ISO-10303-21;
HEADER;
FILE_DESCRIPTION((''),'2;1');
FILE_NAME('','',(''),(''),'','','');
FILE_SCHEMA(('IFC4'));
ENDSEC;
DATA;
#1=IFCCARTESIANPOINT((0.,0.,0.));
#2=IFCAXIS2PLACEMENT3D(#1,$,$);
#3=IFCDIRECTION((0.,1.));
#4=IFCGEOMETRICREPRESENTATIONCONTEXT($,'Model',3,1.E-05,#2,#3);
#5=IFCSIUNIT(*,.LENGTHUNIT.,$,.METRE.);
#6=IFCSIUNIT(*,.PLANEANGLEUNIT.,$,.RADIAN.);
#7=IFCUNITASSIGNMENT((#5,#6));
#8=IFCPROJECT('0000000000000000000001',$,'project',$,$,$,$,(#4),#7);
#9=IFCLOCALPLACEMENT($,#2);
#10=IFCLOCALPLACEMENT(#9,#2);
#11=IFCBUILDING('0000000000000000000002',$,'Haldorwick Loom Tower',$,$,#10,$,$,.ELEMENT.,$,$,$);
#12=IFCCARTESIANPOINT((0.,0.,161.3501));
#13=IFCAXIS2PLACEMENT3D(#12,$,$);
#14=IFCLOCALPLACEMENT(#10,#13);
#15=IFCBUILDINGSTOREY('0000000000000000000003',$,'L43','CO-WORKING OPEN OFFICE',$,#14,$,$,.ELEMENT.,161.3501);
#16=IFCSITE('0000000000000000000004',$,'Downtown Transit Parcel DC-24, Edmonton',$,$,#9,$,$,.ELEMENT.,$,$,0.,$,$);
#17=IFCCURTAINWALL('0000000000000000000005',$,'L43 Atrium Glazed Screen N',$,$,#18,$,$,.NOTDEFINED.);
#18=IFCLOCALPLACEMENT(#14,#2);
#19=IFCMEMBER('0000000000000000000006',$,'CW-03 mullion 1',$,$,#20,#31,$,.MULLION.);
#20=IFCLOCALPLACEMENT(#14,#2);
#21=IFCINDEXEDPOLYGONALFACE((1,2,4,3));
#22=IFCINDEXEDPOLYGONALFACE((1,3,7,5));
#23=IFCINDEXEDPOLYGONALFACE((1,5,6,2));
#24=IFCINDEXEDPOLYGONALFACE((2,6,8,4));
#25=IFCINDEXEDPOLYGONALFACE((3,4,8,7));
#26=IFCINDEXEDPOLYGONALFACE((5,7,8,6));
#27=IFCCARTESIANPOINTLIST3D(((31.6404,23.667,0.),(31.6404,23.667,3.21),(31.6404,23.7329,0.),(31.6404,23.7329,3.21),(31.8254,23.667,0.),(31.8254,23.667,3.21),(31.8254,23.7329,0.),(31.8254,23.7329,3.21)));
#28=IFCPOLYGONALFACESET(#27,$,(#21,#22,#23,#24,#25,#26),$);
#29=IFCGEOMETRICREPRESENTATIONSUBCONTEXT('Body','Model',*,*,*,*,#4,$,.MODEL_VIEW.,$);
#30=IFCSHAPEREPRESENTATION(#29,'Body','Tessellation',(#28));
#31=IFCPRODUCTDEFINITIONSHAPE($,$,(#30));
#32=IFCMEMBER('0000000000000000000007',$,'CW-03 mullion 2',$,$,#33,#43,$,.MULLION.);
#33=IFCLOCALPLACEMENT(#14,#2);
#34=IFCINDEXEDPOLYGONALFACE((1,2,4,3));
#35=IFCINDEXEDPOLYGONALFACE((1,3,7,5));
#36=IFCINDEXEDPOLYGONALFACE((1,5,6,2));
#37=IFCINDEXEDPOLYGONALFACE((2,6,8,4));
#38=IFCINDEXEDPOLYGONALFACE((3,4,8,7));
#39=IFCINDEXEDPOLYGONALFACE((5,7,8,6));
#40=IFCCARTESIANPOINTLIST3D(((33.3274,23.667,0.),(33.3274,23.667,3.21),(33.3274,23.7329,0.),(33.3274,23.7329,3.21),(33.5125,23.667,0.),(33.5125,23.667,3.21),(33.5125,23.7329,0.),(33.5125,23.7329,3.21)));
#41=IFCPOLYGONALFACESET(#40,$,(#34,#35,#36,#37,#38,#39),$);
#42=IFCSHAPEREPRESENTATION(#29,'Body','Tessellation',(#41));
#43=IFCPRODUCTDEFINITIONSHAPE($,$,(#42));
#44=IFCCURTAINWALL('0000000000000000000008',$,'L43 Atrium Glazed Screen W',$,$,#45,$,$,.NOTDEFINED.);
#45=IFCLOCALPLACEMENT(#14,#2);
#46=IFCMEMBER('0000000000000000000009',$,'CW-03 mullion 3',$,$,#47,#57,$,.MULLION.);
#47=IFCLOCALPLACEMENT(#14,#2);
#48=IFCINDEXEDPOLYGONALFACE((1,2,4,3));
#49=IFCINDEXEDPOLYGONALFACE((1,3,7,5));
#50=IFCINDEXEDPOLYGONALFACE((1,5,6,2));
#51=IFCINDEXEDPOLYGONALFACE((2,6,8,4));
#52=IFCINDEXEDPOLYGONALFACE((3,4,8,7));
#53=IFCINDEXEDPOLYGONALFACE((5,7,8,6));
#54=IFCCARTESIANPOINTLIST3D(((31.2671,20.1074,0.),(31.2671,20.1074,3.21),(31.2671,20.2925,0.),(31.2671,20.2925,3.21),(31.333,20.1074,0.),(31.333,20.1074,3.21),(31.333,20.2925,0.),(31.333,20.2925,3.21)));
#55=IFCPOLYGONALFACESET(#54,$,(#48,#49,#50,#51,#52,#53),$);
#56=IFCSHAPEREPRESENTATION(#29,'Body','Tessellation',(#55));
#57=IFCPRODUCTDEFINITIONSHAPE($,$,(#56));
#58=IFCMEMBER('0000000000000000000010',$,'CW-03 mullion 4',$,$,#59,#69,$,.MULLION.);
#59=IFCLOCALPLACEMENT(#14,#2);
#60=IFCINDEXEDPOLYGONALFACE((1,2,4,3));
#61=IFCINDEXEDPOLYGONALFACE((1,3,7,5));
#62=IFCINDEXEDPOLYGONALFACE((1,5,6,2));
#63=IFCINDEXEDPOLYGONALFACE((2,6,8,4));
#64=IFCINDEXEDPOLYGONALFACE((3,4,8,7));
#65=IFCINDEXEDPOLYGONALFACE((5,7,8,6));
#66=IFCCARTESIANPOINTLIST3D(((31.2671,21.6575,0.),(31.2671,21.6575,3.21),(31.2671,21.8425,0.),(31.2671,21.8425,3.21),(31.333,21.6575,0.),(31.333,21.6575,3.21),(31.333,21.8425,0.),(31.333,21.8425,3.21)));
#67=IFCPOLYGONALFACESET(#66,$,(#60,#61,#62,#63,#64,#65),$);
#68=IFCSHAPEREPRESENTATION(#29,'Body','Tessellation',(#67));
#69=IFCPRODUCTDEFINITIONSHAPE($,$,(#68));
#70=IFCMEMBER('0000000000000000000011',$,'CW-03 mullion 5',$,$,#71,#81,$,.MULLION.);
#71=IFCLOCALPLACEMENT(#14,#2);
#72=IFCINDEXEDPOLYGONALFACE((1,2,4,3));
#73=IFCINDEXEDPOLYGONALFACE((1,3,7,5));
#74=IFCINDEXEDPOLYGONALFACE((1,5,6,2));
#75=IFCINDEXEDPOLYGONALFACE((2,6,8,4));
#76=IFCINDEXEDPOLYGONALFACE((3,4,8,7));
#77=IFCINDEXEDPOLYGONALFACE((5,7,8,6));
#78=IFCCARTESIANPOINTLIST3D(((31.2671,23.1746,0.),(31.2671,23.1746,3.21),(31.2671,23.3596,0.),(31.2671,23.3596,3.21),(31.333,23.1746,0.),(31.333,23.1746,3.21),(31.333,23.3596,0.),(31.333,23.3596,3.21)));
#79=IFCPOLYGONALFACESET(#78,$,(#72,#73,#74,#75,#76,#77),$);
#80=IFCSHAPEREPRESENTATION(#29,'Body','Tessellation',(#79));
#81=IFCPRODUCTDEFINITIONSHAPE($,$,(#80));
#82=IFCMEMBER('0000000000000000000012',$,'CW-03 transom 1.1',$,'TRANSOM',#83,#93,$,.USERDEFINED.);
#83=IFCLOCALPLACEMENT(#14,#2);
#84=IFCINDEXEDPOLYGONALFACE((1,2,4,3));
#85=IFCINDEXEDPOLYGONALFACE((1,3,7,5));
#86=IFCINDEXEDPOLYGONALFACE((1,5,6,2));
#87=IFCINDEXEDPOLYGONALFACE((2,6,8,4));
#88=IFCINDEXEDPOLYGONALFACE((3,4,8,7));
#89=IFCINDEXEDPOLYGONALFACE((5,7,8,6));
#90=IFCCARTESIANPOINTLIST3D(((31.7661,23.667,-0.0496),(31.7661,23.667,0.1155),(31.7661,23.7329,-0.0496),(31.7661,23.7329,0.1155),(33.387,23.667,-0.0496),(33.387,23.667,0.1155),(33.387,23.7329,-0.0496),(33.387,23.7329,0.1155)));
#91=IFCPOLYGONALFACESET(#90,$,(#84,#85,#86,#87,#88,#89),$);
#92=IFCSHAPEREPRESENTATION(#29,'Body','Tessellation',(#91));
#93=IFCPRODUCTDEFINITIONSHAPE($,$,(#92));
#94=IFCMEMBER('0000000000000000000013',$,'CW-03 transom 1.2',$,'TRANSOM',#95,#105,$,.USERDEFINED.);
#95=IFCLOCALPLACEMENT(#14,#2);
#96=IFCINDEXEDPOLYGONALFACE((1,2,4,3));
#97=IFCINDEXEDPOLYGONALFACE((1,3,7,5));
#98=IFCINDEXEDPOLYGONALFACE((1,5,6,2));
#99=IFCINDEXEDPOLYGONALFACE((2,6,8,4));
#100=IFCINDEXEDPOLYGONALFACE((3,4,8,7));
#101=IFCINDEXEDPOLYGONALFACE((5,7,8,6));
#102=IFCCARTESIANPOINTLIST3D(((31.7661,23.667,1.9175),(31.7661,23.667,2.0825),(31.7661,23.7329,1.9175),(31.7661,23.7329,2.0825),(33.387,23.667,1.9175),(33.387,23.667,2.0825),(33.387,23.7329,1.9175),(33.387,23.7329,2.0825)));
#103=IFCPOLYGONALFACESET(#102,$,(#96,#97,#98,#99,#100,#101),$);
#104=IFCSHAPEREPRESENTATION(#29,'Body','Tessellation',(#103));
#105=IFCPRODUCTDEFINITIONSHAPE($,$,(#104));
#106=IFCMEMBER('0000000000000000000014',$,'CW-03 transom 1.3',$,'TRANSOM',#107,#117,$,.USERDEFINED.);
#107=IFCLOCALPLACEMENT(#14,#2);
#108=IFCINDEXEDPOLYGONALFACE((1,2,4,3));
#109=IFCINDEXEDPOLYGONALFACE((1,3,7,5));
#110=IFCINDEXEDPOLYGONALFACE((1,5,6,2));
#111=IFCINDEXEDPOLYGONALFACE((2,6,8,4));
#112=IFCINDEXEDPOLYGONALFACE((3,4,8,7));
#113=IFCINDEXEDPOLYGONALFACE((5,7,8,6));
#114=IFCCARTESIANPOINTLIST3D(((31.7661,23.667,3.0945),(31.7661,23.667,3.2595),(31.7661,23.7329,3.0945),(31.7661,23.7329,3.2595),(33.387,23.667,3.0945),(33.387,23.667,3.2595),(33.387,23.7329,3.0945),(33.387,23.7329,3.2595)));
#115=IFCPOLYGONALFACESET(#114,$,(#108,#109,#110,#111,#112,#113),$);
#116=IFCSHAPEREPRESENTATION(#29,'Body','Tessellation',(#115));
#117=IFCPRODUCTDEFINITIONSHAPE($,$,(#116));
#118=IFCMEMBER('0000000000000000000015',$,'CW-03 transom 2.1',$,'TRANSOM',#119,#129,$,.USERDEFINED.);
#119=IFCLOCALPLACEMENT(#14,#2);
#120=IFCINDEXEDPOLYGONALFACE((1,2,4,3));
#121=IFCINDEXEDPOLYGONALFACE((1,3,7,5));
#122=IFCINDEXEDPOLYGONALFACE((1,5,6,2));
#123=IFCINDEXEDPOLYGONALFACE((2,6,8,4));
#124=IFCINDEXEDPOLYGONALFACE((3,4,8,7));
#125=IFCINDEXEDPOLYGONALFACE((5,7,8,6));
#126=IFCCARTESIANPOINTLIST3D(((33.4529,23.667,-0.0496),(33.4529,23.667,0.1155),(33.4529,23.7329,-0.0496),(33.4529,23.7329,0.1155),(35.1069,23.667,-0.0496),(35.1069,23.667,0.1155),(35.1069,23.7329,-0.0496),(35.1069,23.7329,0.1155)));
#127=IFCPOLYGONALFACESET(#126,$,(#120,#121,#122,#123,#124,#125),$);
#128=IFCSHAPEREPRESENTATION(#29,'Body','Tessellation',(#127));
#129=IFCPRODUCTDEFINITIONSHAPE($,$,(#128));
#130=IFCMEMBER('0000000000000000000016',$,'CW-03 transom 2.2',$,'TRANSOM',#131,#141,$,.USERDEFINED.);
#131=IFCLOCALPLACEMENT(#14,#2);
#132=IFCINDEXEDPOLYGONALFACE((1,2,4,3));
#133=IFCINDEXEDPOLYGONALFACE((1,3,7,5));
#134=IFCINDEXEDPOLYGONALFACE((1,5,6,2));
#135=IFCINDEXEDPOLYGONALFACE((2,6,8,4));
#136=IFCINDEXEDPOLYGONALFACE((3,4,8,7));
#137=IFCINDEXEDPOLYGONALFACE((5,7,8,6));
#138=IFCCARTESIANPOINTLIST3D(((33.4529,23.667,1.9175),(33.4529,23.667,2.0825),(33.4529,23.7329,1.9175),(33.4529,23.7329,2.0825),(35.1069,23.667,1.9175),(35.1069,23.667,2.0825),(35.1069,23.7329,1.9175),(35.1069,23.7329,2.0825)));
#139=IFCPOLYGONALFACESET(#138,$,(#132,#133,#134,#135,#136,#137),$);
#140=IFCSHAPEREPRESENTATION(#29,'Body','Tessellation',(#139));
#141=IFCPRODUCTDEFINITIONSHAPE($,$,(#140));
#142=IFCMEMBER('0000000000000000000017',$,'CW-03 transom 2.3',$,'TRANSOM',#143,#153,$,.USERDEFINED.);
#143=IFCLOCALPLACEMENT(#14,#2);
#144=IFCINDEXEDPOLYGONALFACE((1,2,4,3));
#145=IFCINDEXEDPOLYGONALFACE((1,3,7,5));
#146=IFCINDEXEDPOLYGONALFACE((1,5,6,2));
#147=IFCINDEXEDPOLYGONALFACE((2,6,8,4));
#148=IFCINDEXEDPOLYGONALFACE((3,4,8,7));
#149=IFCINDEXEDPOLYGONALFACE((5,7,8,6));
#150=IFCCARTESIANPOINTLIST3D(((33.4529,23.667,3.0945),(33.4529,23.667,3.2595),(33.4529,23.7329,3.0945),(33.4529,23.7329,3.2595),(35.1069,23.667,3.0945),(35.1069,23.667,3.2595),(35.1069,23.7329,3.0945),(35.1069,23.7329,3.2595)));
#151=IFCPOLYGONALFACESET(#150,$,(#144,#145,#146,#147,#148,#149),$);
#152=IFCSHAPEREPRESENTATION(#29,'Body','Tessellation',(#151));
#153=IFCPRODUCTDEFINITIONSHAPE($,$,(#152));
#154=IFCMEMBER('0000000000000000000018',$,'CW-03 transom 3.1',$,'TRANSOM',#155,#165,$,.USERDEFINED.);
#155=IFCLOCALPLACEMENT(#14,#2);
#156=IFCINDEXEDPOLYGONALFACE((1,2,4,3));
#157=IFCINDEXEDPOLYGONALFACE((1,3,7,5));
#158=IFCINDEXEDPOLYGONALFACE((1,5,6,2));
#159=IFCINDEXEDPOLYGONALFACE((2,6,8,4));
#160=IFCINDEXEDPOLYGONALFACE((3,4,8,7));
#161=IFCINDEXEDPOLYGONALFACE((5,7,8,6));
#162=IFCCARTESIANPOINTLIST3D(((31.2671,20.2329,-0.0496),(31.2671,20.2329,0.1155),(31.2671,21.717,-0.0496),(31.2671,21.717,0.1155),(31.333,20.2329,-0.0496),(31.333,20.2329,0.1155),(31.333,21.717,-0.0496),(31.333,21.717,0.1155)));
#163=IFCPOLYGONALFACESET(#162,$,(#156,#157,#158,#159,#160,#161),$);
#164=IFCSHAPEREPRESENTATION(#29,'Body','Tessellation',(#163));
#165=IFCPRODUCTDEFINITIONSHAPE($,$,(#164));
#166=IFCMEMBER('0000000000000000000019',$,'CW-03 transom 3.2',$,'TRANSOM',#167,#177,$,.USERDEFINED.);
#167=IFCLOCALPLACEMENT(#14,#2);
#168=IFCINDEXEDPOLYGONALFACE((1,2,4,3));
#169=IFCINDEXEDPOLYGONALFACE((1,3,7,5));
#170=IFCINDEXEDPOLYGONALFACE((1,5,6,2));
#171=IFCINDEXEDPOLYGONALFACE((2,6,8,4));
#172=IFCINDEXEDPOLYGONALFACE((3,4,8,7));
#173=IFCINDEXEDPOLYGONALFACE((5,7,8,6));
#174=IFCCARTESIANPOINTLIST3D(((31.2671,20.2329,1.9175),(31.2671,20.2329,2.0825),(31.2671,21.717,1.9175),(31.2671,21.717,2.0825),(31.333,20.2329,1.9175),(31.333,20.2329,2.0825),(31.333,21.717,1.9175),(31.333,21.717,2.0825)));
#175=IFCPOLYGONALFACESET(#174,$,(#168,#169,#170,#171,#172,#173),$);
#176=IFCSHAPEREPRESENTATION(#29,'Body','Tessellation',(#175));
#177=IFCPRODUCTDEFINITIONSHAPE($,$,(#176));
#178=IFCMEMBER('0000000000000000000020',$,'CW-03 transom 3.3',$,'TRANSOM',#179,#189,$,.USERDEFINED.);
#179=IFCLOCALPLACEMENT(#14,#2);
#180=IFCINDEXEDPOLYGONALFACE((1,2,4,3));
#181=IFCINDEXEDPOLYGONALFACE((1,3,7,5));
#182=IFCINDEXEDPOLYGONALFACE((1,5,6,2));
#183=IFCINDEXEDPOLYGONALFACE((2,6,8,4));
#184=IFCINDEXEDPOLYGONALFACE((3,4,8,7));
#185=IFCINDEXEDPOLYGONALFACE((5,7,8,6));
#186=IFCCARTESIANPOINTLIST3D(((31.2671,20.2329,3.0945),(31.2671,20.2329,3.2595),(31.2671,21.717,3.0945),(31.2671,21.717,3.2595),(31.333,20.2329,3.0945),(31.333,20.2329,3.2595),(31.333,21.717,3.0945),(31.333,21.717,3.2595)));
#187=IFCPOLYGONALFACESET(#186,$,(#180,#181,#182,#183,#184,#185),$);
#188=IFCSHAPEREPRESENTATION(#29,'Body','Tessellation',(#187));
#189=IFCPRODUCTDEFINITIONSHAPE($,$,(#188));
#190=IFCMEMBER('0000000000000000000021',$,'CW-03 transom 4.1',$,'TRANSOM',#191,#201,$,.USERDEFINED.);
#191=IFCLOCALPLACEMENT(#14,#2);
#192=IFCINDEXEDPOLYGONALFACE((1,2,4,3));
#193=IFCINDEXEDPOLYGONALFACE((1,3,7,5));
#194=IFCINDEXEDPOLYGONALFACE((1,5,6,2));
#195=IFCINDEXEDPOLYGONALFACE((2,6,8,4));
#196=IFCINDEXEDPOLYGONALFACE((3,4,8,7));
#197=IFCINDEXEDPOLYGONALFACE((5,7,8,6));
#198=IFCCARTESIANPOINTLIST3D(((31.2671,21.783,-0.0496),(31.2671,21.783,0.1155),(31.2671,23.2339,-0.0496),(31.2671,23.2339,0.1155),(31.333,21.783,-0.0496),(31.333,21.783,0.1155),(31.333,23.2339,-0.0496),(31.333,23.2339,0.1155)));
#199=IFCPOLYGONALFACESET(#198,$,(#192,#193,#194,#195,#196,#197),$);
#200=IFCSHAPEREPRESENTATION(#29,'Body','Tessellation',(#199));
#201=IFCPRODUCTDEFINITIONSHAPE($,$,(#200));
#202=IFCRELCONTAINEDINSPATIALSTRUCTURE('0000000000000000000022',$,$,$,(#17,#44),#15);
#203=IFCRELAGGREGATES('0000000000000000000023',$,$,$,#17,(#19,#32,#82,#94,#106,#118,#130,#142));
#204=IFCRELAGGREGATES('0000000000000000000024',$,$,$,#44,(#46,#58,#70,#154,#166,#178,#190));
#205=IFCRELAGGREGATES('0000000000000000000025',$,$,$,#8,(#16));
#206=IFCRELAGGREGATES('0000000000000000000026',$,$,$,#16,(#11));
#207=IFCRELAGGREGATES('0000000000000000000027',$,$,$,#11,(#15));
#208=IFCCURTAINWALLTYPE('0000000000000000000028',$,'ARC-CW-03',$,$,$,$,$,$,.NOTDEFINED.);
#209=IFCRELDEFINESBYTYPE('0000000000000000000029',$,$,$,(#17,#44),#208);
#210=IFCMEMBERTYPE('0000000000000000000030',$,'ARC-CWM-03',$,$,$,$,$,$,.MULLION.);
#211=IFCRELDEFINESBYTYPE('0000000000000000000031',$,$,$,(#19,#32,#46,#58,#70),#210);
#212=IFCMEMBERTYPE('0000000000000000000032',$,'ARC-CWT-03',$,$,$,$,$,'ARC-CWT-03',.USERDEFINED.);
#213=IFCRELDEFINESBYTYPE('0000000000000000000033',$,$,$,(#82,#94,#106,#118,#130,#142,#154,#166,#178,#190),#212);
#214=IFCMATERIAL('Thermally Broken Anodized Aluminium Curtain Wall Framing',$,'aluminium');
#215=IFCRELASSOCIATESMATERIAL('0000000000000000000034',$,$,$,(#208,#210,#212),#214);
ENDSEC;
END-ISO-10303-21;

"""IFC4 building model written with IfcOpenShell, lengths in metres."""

from ifc_helpers import new_model, si_unit, direction, frame, origin, origin_2d, place, context, subcontext, project, spatial, rectangle, extrude, material, material_profile, profile_set, type_object, element, aggregate, save


model = new_model("IFC4")

# Units and contexts
model_context = context("Model", 3, precision=1e-05, world=origin(), true_north=direction((0.0, 1.0)))
body_context = subcontext(model_context, "Body", "Model", "MODEL_VIEW")
ifc_project = project(units=[si_unit("LENGTHUNIT", "METRE"), si_unit("PLANEANGLEUNIT", "RADIAN")], contexts=[model_context])

# Site, building, storey
site_placement = place(None, origin())
site = spatial("IfcSite", under=ifc_project, at=site_placement, Name="Downtown Transit Parcel DC-24, Edmonton", CompositionType="ELEMENT", RefElevation=0.0)
building_placement = place(site_placement, origin())
building = spatial("IfcBuilding", under=site, at=building_placement, Name="Haldorwick Loom Tower", CompositionType="ELEMENT")
storey_placement = place(building_placement, frame((0.0, 0.0, 161.3501)))
storey = spatial("IfcBuildingStorey", under=building, at=storey_placement, Name="L43", Description="CO-WORKING OPEN OFFICE", CompositionType="ELEMENT", Elevation=161.3501)

# Curtain walls, members
ifc_material_1 = material(Name="Thermally Broken Anodized Aluminium Curtain Wall Framing", Category="aluminium")
curtain_wall_type = type_object("IfcCurtainWallType", Name="ARC-CW-03", PredefinedType="NOTDEFINED", material=ifc_material_1)
curtain_wall_1_placement = place(storey_placement, origin())
curtain_wall_1 = element("IfcCurtainWall", 1, at=curtain_wall_1_placement, inside=storey, type_object=curtain_wall_type, Name="L43 Atrium Glazed Screen N", PredefinedType="NOTDEFINED")
ifc_material_profile_1 = material_profile(ifc_material_1, rectangle(XDim=0.0659, YDim=0.1851, at=origin_2d()), Name="ALU_MUL_66X185", Category="aluminium")
ifc_profile_set_1 = profile_set([ifc_material_profile_1], Name="Thermally Broken Anodized Aluminium Curtain Wall Framing")
member_type_1 = type_object("IfcMemberType", Name="ARC-CWM-03", PredefinedType="MULLION", material=ifc_profile_set_1)
member_1_placement = place(storey_placement, frame((31.7329, 23.7, 0.0), z_axis=(0.0, 0.0, 1.0), x_axis=(0.0, 1.0, 0.0)))
member_1 = element("IfcMember", 2, at=member_1_placement, type_object=member_type_1, Name="CW-03 mullion 1", PredefinedType="MULLION", context=body_context, shape_type="SweptSolid", body=[
    extrude(rectangle(XDim=0.0659, YDim=0.1851, at=origin_2d()), origin(), (0.0, 0.0, 1.0), 3.21),
])
member_2_placement = place(storey_placement, frame((33.4199, 23.7, 0.0), z_axis=(0.0, 0.0, 1.0), x_axis=(0.0, 1.0, 0.0)))
member_2 = element("IfcMember", 3, at=member_2_placement, type_object=member_type_1, Name="CW-03 mullion 2", PredefinedType="MULLION", context=body_context, shape_type="SweptSolid", body=[
    extrude(rectangle(XDim=0.0659, YDim=0.1851, at=origin_2d()), origin(), (0.0, 0.0, 1.0), 3.21),
])
curtain_wall_2_placement = place(storey_placement, origin())
curtain_wall_2 = element("IfcCurtainWall", 4, at=curtain_wall_2_placement, inside=storey, type_object=curtain_wall_type, Name="L43 Atrium Glazed Screen W", PredefinedType="NOTDEFINED")
member_3_placement = place(storey_placement, frame((31.3, 20.2, 0.0), z_axis=(0.0, 0.0, 1.0), x_axis=(-1.0, 0.0, 0.0)))
member_3 = element("IfcMember", 5, at=member_3_placement, type_object=member_type_1, Name="CW-03 mullion 3", PredefinedType="MULLION", context=body_context, shape_type="SweptSolid", body=[
    extrude(rectangle(XDim=0.0659, YDim=0.1851, at=origin_2d()), origin(), (0.0, 0.0, 1.0), 3.21),
])
member_4_placement = place(storey_placement, frame((31.3, 21.75, 0.0), z_axis=(0.0, 0.0, 1.0), x_axis=(-1.0, 0.0, 0.0)))
member_4 = element("IfcMember", 6, at=member_4_placement, type_object=member_type_1, Name="CW-03 mullion 4", PredefinedType="MULLION", context=body_context, shape_type="SweptSolid", body=[
    extrude(rectangle(XDim=0.0659, YDim=0.1851, at=origin_2d()), origin(), (0.0, 0.0, 1.0), 3.21),
])
member_5_placement = place(storey_placement, frame((31.3, 23.2671, 0.0), z_axis=(0.0, 0.0, 1.0), x_axis=(-1.0, 0.0, 0.0)))
member_5 = element("IfcMember", 7, at=member_5_placement, type_object=member_type_1, Name="CW-03 mullion 5", PredefinedType="MULLION", context=body_context, shape_type="SweptSolid", body=[
    extrude(rectangle(XDim=0.0659, YDim=0.1851, at=origin_2d()), origin(), (0.0, 0.0, 1.0), 3.21),
])

# Members
ifc_material_profile_2 = material_profile(ifc_material_1, rectangle(XDim=0.0659, YDim=0.165, at=origin_2d()), Name="ALU_TRN_66X165", Category="aluminium")
ifc_profile_set_2 = profile_set([ifc_material_profile_2], Name="Thermally Broken Anodized Aluminium Curtain Wall Framing")
member_type_2 = type_object("IfcMemberType", Name="ARC-CWT-03", ElementType="ARC-CWT-03", PredefinedType="USERDEFINED", material=ifc_profile_set_2)
member_6_placement = place(storey_placement, frame((31.7661, 23.7, 0.033), z_axis=(1.0, 0.0, 0.0), x_axis=(0.0, 1.0, 0.0)))
member_6 = element("IfcMember", 8, at=member_6_placement, type_object=member_type_2, Name="CW-03 transom 1.1", ObjectType="TRANSOM", PredefinedType="USERDEFINED", context=body_context, shape_type="SweptSolid", body=[
    extrude(rectangle(XDim=0.0659, YDim=0.165, at=origin_2d()), origin(), (0.0, 0.0, 1.0), 1.6208),
])
member_7_placement = place(storey_placement, frame((31.7661, 23.7, 2.0), z_axis=(1.0, 0.0, 0.0), x_axis=(0.0, 1.0, 0.0)))
member_7 = element("IfcMember", 9, at=member_7_placement, type_object=member_type_2, Name="CW-03 transom 1.2", ObjectType="TRANSOM", PredefinedType="USERDEFINED", context=body_context, shape_type="SweptSolid", body=[
    extrude(rectangle(XDim=0.0659, YDim=0.165, at=origin_2d()), origin(), (0.0, 0.0, 1.0), 1.6208),
])
member_8_placement = place(storey_placement, frame((31.7661, 23.7, 3.177), z_axis=(1.0, 0.0, 0.0), x_axis=(0.0, 1.0, 0.0)))
member_8 = element("IfcMember", 10, at=member_8_placement, type_object=member_type_2, Name="CW-03 transom 1.3", ObjectType="TRANSOM", PredefinedType="USERDEFINED", context=body_context, shape_type="SweptSolid", body=[
    extrude(rectangle(XDim=0.0659, YDim=0.165, at=origin_2d()), origin(), (0.0, 0.0, 1.0), 1.6208),
])
member_9_placement = place(storey_placement, frame((33.4529, 23.7, 0.033), z_axis=(1.0, 0.0, 0.0), x_axis=(0.0, 1.0, 0.0)))
member_9 = element("IfcMember", 11, at=member_9_placement, type_object=member_type_2, Name="CW-03 transom 2.1", ObjectType="TRANSOM", PredefinedType="USERDEFINED", context=body_context, shape_type="SweptSolid", body=[
    extrude(rectangle(XDim=0.0659, YDim=0.165, at=origin_2d()), origin(), (0.0, 0.0, 1.0), 1.6541),
])
member_10_placement = place(storey_placement, frame((33.4529, 23.7, 2.0), z_axis=(1.0, 0.0, 0.0), x_axis=(0.0, 1.0, 0.0)))
member_10 = element("IfcMember", 12, at=member_10_placement, type_object=member_type_2, Name="CW-03 transom 2.2", ObjectType="TRANSOM", PredefinedType="USERDEFINED", context=body_context, shape_type="SweptSolid", body=[
    extrude(rectangle(XDim=0.0659, YDim=0.165, at=origin_2d()), origin(), (0.0, 0.0, 1.0), 1.6541),
])
member_11_placement = place(storey_placement, frame((33.4529, 23.7, 3.177), z_axis=(1.0, 0.0, 0.0), x_axis=(0.0, 1.0, 0.0)))
member_11 = element("IfcMember", 13, at=member_11_placement, type_object=member_type_2, Name="CW-03 transom 2.3", ObjectType="TRANSOM", PredefinedType="USERDEFINED", context=body_context, shape_type="SweptSolid", body=[
    extrude(rectangle(XDim=0.0659, YDim=0.165, at=origin_2d()), origin(), (0.0, 0.0, 1.0), 1.6541),
])
member_12_placement = place(storey_placement, frame((31.3, 20.2329, 0.033), z_axis=(0.0, 1.0, 0.0), x_axis=(-1.0, 0.0, 0.0)))
member_12 = element("IfcMember", 14, at=member_12_placement, type_object=member_type_2, Name="CW-03 transom 3.1", ObjectType="TRANSOM", PredefinedType="USERDEFINED", context=body_context, shape_type="SweptSolid", body=[
    extrude(rectangle(XDim=0.0659, YDim=0.165, at=origin_2d()), origin(), (0.0, 0.0, 1.0), 1.4841),
])
member_13_placement = place(storey_placement, frame((31.3, 20.2329, 2.0), z_axis=(0.0, 1.0, 0.0), x_axis=(-1.0, 0.0, 0.0)))
member_13 = element("IfcMember", 15, at=member_13_placement, type_object=member_type_2, Name="CW-03 transom 3.2", ObjectType="TRANSOM", PredefinedType="USERDEFINED", context=body_context, shape_type="SweptSolid", body=[
    extrude(rectangle(XDim=0.0659, YDim=0.165, at=origin_2d()), origin(), (0.0, 0.0, 1.0), 1.4841),
])
member_14_placement = place(storey_placement, frame((31.3, 20.2329, 3.177), z_axis=(0.0, 1.0, 0.0), x_axis=(-1.0, 0.0, 0.0)))
member_14 = element("IfcMember", 16, at=member_14_placement, type_object=member_type_2, Name="CW-03 transom 3.3", ObjectType="TRANSOM", PredefinedType="USERDEFINED", context=body_context, shape_type="SweptSolid", body=[
    extrude(rectangle(XDim=0.0659, YDim=0.165, at=origin_2d()), origin(), (0.0, 0.0, 1.0), 1.4841),
])
member_15_placement = place(storey_placement, frame((31.3, 21.783, 0.033), z_axis=(0.0, 1.0, 0.0), x_axis=(-1.0, 0.0, 0.0)))
member_15 = element("IfcMember", 17, at=member_15_placement, type_object=member_type_2, Name="CW-03 transom 4.1", ObjectType="TRANSOM", PredefinedType="USERDEFINED", context=body_context, shape_type="SweptSolid", body=[
    extrude(rectangle(XDim=0.0659, YDim=0.165, at=origin_2d()), origin(), (0.0, 0.0, 1.0), 1.4509),
])

aggregate(curtain_wall_1, [member_1, member_2, member_6, member_7, member_8, member_9, member_10, member_11])
aggregate(curtain_wall_2, [member_3, member_4, member_5, member_12, member_13, member_14, member_15])

save(model, "model.ifc")
